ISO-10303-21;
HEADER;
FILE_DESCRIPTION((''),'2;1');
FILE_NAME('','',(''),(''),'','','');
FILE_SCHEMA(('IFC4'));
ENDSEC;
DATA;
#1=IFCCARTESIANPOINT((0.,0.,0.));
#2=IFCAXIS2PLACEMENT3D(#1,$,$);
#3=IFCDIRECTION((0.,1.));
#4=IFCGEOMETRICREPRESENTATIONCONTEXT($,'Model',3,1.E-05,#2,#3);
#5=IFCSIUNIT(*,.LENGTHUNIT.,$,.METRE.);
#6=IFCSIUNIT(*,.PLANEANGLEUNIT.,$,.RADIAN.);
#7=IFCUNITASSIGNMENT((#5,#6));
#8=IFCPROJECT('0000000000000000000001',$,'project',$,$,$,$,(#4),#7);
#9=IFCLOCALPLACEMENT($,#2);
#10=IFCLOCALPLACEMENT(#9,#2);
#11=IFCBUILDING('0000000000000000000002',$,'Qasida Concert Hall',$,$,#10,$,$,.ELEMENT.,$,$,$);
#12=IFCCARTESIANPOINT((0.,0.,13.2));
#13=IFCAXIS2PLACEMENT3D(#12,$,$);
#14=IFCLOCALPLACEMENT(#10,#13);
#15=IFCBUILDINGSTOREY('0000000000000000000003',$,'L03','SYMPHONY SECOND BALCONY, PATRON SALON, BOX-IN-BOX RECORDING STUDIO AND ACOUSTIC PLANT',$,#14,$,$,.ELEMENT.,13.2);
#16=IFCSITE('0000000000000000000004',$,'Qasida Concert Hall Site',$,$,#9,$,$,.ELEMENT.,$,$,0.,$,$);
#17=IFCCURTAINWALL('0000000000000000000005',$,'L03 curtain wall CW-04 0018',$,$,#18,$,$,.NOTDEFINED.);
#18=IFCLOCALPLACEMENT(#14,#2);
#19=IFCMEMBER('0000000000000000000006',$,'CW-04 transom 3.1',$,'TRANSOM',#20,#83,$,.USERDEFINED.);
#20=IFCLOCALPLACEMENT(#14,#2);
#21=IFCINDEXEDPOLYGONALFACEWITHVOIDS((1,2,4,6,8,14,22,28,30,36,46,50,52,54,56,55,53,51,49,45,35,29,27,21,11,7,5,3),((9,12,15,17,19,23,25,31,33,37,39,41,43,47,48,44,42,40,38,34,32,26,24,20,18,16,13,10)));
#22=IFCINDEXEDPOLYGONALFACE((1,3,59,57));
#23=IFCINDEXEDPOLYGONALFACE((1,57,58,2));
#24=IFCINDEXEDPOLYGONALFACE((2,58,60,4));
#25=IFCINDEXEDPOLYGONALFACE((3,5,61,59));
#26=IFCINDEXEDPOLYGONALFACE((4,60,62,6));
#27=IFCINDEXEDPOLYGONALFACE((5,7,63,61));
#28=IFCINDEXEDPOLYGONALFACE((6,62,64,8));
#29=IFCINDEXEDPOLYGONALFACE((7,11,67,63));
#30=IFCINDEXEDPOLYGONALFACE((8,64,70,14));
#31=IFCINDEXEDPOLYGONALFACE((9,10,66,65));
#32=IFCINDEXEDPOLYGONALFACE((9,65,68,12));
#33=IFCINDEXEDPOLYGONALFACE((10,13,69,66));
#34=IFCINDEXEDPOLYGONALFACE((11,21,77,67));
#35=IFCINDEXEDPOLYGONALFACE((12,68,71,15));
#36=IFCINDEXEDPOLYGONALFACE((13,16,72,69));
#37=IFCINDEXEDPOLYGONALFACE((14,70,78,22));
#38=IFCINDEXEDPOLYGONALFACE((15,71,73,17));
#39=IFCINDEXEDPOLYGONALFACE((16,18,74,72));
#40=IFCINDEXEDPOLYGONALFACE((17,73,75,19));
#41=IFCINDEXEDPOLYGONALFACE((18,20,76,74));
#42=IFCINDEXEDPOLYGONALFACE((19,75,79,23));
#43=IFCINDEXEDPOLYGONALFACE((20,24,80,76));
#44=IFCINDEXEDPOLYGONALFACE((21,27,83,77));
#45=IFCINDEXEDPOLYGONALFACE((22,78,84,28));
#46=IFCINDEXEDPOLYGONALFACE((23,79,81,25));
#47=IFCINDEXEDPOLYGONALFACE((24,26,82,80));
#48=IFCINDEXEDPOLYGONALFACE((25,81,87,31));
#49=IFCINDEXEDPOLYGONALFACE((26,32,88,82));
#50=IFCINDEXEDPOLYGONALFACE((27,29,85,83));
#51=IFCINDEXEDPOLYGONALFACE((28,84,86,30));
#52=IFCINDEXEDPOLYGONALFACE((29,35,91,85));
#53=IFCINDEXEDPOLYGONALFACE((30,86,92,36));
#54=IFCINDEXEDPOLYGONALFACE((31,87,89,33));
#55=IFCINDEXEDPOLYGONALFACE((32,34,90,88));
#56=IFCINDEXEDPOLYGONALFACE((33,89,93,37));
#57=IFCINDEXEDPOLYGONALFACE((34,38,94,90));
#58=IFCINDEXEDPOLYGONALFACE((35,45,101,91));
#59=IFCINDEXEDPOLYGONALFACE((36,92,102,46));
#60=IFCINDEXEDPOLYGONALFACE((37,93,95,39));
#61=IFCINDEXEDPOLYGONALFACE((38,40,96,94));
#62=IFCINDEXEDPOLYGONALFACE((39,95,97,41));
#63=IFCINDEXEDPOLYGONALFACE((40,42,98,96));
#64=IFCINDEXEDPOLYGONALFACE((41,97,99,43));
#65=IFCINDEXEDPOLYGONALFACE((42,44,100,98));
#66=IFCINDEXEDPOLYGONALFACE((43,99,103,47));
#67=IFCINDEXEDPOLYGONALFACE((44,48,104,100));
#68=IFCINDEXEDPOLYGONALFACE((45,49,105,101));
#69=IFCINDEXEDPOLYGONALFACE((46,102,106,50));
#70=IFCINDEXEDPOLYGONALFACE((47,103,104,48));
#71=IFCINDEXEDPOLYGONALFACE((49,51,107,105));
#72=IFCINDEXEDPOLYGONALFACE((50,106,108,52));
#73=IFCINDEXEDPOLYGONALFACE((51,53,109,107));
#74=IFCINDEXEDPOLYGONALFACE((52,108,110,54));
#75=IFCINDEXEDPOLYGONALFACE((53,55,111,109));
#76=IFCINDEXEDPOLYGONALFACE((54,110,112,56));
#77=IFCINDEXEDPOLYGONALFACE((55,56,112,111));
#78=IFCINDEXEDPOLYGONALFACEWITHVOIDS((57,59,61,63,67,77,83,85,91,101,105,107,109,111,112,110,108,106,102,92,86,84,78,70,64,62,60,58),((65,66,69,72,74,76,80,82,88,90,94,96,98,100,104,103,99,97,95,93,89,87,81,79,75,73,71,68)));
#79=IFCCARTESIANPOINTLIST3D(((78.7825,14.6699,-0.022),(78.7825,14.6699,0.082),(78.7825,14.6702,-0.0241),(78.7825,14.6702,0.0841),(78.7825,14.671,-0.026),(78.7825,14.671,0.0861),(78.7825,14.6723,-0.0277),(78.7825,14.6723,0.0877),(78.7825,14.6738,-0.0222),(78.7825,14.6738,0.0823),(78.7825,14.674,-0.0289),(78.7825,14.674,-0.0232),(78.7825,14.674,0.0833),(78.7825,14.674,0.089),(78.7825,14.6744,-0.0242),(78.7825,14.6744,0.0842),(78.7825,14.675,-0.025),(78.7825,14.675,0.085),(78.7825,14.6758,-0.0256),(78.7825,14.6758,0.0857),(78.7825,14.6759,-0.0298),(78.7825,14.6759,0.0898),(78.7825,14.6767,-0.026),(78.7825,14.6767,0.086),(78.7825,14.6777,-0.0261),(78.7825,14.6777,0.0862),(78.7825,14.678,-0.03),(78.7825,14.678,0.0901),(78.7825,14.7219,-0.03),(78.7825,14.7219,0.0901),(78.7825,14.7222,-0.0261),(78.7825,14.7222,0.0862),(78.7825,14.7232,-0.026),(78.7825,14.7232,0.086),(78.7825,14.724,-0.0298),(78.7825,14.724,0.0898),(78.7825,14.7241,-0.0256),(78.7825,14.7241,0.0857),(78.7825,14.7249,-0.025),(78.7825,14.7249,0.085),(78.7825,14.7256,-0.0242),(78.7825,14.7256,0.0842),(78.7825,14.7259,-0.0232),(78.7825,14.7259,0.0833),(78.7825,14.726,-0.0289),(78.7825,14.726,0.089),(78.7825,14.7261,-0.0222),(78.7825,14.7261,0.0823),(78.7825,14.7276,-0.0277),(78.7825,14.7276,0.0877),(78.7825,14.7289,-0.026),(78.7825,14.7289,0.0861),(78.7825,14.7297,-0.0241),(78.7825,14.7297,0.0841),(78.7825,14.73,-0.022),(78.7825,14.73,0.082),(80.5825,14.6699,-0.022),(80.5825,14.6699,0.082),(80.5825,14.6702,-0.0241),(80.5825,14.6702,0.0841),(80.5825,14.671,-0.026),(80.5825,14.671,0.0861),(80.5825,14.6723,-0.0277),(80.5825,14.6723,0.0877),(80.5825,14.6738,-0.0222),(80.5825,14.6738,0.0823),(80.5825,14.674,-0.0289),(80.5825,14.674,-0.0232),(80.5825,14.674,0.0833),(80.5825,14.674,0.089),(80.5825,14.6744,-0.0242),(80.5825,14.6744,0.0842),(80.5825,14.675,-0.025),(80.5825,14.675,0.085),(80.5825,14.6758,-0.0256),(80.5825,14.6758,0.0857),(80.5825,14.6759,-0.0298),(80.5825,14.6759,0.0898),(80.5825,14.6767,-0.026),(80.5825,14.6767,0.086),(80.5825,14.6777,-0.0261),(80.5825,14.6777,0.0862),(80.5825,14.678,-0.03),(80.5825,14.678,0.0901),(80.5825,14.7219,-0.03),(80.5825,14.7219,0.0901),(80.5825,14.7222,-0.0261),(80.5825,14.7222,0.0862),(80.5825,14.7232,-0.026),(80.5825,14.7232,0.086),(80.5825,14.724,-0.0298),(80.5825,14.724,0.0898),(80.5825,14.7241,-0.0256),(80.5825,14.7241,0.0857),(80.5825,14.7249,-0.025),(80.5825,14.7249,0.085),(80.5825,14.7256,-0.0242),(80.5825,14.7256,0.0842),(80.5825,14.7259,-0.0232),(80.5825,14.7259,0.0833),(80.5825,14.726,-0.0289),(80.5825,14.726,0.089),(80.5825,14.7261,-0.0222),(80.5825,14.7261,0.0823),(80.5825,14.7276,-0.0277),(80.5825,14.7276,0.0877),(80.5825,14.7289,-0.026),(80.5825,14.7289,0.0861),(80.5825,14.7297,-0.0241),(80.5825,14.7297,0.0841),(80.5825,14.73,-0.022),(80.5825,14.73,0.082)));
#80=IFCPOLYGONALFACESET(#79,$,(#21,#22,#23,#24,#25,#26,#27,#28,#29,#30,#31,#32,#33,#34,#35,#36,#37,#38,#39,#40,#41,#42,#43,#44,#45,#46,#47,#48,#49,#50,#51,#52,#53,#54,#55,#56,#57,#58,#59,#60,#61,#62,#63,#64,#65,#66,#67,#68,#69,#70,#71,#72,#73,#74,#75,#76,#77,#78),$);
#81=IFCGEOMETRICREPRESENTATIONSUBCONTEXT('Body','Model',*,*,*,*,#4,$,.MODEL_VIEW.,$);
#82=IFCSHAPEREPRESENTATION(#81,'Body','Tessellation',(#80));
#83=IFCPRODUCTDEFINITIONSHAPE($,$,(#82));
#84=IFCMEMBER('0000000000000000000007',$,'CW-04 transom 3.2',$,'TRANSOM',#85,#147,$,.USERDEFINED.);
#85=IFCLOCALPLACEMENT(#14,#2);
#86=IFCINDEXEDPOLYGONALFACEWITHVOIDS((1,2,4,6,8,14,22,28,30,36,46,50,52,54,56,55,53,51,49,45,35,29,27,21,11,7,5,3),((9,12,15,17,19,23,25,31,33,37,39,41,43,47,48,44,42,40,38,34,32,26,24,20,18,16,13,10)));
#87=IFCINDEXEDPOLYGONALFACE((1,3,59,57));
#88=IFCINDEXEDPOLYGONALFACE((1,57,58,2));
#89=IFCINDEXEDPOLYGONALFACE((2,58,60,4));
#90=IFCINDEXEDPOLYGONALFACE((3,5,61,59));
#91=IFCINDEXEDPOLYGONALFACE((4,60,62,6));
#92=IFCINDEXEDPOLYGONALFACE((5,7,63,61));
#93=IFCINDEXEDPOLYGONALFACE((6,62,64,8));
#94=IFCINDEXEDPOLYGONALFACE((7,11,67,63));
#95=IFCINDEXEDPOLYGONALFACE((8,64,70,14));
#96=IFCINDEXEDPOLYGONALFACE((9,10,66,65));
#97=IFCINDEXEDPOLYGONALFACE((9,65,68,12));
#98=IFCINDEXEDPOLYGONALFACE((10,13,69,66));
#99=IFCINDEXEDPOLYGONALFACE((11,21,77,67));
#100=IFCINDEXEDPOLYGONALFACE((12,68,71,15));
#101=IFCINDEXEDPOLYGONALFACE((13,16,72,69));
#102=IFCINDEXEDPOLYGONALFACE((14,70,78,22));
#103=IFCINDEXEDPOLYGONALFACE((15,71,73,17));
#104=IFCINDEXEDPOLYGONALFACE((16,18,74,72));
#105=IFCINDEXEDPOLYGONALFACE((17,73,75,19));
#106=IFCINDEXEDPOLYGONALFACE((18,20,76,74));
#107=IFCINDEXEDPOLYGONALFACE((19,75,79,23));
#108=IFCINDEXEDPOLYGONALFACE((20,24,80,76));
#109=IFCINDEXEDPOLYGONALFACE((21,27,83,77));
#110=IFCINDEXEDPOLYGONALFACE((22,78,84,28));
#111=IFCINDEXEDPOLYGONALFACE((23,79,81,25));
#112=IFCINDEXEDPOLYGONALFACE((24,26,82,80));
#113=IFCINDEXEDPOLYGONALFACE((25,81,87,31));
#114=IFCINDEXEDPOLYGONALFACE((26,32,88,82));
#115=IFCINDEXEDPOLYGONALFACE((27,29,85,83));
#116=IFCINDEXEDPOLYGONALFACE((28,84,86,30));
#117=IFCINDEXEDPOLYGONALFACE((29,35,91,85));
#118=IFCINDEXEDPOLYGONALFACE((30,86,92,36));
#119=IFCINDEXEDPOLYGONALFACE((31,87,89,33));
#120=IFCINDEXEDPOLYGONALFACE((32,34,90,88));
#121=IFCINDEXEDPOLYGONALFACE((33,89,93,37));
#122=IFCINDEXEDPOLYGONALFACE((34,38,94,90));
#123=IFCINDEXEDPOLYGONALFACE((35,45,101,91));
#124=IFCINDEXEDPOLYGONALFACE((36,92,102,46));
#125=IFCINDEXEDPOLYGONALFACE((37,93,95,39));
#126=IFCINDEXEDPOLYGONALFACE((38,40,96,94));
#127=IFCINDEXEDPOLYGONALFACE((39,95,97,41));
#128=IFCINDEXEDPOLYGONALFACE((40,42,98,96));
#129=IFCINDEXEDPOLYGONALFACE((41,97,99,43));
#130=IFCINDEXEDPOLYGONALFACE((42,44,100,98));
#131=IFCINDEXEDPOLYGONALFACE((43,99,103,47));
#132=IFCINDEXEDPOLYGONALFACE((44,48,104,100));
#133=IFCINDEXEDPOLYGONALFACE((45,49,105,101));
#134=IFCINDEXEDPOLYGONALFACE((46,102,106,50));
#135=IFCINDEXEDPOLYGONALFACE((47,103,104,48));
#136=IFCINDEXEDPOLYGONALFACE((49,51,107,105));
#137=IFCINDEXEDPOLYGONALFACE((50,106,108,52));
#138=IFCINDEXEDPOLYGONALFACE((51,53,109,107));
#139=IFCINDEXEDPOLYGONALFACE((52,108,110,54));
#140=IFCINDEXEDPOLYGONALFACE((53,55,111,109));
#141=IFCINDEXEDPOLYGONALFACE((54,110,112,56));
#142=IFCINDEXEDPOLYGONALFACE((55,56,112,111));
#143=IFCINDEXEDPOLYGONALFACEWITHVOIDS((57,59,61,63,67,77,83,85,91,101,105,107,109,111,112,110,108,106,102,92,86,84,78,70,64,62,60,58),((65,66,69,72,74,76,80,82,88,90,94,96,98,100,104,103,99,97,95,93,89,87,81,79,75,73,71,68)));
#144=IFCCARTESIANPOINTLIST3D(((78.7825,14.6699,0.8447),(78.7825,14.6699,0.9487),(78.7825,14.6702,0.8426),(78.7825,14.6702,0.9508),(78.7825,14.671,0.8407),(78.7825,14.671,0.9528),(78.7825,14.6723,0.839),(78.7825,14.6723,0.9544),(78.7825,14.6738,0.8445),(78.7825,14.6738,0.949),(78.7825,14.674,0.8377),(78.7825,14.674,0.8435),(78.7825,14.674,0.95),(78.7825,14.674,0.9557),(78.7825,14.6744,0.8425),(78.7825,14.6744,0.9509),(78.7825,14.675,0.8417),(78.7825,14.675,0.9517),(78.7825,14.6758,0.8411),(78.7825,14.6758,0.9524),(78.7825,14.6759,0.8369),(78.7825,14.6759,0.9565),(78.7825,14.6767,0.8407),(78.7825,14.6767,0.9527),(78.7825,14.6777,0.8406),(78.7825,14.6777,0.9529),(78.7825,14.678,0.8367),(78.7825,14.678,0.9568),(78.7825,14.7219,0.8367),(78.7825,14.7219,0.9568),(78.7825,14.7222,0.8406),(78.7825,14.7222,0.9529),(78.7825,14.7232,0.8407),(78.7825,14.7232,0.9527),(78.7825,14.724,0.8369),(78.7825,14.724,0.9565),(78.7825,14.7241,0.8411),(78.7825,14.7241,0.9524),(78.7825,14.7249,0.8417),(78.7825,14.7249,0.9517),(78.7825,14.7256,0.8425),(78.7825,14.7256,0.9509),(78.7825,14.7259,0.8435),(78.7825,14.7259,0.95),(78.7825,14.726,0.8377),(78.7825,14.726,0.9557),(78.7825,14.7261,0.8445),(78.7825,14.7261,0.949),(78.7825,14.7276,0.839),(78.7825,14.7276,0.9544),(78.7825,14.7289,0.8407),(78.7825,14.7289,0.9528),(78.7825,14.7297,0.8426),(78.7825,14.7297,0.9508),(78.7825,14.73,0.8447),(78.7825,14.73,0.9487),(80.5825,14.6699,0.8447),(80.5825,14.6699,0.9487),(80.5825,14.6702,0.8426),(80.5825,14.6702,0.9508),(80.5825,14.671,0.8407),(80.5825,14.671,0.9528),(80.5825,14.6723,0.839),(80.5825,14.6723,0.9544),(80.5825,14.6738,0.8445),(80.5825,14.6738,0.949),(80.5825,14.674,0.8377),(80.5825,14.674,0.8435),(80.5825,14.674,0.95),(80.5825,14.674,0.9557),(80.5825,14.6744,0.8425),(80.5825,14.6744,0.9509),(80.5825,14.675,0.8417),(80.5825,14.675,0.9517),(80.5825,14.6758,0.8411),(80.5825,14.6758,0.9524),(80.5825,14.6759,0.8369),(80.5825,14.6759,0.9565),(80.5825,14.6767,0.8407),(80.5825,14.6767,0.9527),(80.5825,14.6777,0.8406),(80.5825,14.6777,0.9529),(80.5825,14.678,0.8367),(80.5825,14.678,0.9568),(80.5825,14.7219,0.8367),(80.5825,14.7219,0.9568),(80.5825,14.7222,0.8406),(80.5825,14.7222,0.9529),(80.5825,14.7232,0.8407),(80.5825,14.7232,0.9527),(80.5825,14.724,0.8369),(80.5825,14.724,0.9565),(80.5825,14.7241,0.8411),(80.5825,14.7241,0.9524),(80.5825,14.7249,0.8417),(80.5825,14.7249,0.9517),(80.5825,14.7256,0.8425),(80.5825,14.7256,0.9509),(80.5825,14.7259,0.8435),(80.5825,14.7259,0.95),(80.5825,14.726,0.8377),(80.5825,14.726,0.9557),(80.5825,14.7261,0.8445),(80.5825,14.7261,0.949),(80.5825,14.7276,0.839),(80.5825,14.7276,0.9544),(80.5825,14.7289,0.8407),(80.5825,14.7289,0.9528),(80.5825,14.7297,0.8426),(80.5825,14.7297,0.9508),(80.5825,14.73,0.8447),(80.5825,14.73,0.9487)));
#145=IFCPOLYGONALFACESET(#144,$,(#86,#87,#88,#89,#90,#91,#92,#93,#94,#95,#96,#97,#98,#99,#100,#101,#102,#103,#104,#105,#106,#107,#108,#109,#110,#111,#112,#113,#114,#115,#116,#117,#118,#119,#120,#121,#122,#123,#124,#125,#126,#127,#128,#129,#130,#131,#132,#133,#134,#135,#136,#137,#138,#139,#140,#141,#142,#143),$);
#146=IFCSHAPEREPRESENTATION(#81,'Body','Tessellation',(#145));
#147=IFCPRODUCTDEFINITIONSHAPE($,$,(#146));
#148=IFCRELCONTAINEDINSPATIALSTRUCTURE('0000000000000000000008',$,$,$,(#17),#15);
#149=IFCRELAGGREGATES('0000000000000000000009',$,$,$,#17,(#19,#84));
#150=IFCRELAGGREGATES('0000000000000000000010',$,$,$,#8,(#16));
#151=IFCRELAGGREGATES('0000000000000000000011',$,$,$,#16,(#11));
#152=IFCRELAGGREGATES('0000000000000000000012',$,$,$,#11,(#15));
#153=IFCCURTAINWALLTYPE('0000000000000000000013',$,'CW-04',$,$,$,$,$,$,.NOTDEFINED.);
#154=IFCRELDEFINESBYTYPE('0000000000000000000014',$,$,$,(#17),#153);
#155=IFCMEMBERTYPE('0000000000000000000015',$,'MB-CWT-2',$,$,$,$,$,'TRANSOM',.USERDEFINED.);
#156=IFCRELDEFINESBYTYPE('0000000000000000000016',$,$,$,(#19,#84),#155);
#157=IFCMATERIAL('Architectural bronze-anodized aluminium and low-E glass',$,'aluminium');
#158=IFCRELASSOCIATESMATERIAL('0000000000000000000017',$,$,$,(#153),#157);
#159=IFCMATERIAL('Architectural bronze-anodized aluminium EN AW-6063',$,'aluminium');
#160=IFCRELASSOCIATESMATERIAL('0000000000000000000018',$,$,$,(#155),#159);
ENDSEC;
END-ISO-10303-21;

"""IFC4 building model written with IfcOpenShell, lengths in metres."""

from ifc_helpers import new_model, si_unit, direction, frame, origin, origin_2d, place, context, subcontext, project, spatial, hollow_rectangle, extrude, material, material_profile, profile_set, type_object, element, aggregate, save


model = new_model("IFC4")

# Units and contexts
model_context = context("Model", 3, precision=1e-05, world=origin(), true_north=direction((0.0, 1.0)))
body_context = subcontext(model_context, "Body", "Model", "MODEL_VIEW")
ifc_project = project(units=[si_unit("LENGTHUNIT", "METRE"), si_unit("PLANEANGLEUNIT", "RADIAN")], contexts=[model_context])

# Site, building, storey
site_placement = place(None, origin())
site = spatial("IfcSite", under=ifc_project, at=site_placement, Name="Qasida Concert Hall Site", CompositionType="ELEMENT", RefElevation=0.0)
building_placement = place(site_placement, origin())
building = spatial("IfcBuilding", under=site, at=building_placement, Name="Qasida Concert Hall", CompositionType="ELEMENT")
storey_placement = place(building_placement, frame((0.0, 0.0, 13.2)))
storey = spatial("IfcBuildingStorey", under=building, at=storey_placement, Name="L03", Description="SYMPHONY SECOND BALCONY, PATRON SALON, BOX-IN-BOX RECORDING STUDIO AND ACOUSTIC PLANT", CompositionType="ELEMENT", Elevation=13.2)

# Curtain wall, members
ifc_material_1 = material(Name="Architectural bronze-anodized aluminium and low-E glass", Category="aluminium")
curtain_wall_type = type_object("IfcCurtainWallType", Name="CW-04", PredefinedType="NOTDEFINED", material=ifc_material_1)
curtain_wall_placement = place(storey_placement, origin())
curtain_wall = element("IfcCurtainWall", 1, at=curtain_wall_placement, inside=storey, type_object=curtain_wall_type, Name="L03 curtain wall CW-04 0018", PredefinedType="NOTDEFINED")
ifc_material_2 = material(Name="Architectural bronze-anodized aluminium EN AW-6063", Category="aluminium")
ifc_material_profile_1 = material_profile(ifc_material_2, hollow_rectangle(XDim=0.0601, YDim=0.1201, WallThickness=0.0039, InnerFilletRadius=0.0039, OuterFilletRadius=0.0081, at=origin_2d()), Name="CWT 120x60x4")
ifc_profile_set_1 = profile_set([ifc_material_profile_1], Name="Architectural bronze-anodized aluminium EN AW-6063")
member_type_1 = type_object("IfcMemberType", Name="MB-CWT-2", ElementType="TRANSOM", PredefinedType="USERDEFINED", material=ifc_profile_set_1)
member_1_placement = place(storey_placement, frame((78.7825, 14.7, 0.03), z_axis=(1.0, 0.0, 0.0), x_axis=(0.0, 1.0, 0.0)))
member_1 = element("IfcMember", 2, at=member_1_placement, type_object=member_type_1, Name="CW-04 transom 3.1", ObjectType="TRANSOM", PredefinedType="USERDEFINED", context=body_context, shape_type="SweptSolid", body=[
    extrude(hollow_rectangle(XDim=0.0601, YDim=0.1201, WallThickness=0.0039, InnerFilletRadius=0.0039, OuterFilletRadius=0.0081, at=origin_2d()), origin(), (0.0, 0.0, 1.0), 1.8),
])
member_2_placement = place(storey_placement, frame((78.7825, 14.7, 0.8967), z_axis=(1.0, 0.0, 0.0), x_axis=(0.0, 1.0, 0.0)))
member_2 = element("IfcMember", 3, at=member_2_placement, type_object=member_type_1, Name="CW-04 transom 3.2", ObjectType="TRANSOM", PredefinedType="USERDEFINED", context=body_context, shape_type="SweptSolid", body=[
    extrude(hollow_rectangle(XDim=0.0601, YDim=0.1201, WallThickness=0.0039, InnerFilletRadius=0.0039, OuterFilletRadius=0.0081, at=origin_2d()), origin(), (0.0, 0.0, 1.0), 1.8),
])
aggregate(curtain_wall, [member_1, member_2])

save(model, "model.ifc")
